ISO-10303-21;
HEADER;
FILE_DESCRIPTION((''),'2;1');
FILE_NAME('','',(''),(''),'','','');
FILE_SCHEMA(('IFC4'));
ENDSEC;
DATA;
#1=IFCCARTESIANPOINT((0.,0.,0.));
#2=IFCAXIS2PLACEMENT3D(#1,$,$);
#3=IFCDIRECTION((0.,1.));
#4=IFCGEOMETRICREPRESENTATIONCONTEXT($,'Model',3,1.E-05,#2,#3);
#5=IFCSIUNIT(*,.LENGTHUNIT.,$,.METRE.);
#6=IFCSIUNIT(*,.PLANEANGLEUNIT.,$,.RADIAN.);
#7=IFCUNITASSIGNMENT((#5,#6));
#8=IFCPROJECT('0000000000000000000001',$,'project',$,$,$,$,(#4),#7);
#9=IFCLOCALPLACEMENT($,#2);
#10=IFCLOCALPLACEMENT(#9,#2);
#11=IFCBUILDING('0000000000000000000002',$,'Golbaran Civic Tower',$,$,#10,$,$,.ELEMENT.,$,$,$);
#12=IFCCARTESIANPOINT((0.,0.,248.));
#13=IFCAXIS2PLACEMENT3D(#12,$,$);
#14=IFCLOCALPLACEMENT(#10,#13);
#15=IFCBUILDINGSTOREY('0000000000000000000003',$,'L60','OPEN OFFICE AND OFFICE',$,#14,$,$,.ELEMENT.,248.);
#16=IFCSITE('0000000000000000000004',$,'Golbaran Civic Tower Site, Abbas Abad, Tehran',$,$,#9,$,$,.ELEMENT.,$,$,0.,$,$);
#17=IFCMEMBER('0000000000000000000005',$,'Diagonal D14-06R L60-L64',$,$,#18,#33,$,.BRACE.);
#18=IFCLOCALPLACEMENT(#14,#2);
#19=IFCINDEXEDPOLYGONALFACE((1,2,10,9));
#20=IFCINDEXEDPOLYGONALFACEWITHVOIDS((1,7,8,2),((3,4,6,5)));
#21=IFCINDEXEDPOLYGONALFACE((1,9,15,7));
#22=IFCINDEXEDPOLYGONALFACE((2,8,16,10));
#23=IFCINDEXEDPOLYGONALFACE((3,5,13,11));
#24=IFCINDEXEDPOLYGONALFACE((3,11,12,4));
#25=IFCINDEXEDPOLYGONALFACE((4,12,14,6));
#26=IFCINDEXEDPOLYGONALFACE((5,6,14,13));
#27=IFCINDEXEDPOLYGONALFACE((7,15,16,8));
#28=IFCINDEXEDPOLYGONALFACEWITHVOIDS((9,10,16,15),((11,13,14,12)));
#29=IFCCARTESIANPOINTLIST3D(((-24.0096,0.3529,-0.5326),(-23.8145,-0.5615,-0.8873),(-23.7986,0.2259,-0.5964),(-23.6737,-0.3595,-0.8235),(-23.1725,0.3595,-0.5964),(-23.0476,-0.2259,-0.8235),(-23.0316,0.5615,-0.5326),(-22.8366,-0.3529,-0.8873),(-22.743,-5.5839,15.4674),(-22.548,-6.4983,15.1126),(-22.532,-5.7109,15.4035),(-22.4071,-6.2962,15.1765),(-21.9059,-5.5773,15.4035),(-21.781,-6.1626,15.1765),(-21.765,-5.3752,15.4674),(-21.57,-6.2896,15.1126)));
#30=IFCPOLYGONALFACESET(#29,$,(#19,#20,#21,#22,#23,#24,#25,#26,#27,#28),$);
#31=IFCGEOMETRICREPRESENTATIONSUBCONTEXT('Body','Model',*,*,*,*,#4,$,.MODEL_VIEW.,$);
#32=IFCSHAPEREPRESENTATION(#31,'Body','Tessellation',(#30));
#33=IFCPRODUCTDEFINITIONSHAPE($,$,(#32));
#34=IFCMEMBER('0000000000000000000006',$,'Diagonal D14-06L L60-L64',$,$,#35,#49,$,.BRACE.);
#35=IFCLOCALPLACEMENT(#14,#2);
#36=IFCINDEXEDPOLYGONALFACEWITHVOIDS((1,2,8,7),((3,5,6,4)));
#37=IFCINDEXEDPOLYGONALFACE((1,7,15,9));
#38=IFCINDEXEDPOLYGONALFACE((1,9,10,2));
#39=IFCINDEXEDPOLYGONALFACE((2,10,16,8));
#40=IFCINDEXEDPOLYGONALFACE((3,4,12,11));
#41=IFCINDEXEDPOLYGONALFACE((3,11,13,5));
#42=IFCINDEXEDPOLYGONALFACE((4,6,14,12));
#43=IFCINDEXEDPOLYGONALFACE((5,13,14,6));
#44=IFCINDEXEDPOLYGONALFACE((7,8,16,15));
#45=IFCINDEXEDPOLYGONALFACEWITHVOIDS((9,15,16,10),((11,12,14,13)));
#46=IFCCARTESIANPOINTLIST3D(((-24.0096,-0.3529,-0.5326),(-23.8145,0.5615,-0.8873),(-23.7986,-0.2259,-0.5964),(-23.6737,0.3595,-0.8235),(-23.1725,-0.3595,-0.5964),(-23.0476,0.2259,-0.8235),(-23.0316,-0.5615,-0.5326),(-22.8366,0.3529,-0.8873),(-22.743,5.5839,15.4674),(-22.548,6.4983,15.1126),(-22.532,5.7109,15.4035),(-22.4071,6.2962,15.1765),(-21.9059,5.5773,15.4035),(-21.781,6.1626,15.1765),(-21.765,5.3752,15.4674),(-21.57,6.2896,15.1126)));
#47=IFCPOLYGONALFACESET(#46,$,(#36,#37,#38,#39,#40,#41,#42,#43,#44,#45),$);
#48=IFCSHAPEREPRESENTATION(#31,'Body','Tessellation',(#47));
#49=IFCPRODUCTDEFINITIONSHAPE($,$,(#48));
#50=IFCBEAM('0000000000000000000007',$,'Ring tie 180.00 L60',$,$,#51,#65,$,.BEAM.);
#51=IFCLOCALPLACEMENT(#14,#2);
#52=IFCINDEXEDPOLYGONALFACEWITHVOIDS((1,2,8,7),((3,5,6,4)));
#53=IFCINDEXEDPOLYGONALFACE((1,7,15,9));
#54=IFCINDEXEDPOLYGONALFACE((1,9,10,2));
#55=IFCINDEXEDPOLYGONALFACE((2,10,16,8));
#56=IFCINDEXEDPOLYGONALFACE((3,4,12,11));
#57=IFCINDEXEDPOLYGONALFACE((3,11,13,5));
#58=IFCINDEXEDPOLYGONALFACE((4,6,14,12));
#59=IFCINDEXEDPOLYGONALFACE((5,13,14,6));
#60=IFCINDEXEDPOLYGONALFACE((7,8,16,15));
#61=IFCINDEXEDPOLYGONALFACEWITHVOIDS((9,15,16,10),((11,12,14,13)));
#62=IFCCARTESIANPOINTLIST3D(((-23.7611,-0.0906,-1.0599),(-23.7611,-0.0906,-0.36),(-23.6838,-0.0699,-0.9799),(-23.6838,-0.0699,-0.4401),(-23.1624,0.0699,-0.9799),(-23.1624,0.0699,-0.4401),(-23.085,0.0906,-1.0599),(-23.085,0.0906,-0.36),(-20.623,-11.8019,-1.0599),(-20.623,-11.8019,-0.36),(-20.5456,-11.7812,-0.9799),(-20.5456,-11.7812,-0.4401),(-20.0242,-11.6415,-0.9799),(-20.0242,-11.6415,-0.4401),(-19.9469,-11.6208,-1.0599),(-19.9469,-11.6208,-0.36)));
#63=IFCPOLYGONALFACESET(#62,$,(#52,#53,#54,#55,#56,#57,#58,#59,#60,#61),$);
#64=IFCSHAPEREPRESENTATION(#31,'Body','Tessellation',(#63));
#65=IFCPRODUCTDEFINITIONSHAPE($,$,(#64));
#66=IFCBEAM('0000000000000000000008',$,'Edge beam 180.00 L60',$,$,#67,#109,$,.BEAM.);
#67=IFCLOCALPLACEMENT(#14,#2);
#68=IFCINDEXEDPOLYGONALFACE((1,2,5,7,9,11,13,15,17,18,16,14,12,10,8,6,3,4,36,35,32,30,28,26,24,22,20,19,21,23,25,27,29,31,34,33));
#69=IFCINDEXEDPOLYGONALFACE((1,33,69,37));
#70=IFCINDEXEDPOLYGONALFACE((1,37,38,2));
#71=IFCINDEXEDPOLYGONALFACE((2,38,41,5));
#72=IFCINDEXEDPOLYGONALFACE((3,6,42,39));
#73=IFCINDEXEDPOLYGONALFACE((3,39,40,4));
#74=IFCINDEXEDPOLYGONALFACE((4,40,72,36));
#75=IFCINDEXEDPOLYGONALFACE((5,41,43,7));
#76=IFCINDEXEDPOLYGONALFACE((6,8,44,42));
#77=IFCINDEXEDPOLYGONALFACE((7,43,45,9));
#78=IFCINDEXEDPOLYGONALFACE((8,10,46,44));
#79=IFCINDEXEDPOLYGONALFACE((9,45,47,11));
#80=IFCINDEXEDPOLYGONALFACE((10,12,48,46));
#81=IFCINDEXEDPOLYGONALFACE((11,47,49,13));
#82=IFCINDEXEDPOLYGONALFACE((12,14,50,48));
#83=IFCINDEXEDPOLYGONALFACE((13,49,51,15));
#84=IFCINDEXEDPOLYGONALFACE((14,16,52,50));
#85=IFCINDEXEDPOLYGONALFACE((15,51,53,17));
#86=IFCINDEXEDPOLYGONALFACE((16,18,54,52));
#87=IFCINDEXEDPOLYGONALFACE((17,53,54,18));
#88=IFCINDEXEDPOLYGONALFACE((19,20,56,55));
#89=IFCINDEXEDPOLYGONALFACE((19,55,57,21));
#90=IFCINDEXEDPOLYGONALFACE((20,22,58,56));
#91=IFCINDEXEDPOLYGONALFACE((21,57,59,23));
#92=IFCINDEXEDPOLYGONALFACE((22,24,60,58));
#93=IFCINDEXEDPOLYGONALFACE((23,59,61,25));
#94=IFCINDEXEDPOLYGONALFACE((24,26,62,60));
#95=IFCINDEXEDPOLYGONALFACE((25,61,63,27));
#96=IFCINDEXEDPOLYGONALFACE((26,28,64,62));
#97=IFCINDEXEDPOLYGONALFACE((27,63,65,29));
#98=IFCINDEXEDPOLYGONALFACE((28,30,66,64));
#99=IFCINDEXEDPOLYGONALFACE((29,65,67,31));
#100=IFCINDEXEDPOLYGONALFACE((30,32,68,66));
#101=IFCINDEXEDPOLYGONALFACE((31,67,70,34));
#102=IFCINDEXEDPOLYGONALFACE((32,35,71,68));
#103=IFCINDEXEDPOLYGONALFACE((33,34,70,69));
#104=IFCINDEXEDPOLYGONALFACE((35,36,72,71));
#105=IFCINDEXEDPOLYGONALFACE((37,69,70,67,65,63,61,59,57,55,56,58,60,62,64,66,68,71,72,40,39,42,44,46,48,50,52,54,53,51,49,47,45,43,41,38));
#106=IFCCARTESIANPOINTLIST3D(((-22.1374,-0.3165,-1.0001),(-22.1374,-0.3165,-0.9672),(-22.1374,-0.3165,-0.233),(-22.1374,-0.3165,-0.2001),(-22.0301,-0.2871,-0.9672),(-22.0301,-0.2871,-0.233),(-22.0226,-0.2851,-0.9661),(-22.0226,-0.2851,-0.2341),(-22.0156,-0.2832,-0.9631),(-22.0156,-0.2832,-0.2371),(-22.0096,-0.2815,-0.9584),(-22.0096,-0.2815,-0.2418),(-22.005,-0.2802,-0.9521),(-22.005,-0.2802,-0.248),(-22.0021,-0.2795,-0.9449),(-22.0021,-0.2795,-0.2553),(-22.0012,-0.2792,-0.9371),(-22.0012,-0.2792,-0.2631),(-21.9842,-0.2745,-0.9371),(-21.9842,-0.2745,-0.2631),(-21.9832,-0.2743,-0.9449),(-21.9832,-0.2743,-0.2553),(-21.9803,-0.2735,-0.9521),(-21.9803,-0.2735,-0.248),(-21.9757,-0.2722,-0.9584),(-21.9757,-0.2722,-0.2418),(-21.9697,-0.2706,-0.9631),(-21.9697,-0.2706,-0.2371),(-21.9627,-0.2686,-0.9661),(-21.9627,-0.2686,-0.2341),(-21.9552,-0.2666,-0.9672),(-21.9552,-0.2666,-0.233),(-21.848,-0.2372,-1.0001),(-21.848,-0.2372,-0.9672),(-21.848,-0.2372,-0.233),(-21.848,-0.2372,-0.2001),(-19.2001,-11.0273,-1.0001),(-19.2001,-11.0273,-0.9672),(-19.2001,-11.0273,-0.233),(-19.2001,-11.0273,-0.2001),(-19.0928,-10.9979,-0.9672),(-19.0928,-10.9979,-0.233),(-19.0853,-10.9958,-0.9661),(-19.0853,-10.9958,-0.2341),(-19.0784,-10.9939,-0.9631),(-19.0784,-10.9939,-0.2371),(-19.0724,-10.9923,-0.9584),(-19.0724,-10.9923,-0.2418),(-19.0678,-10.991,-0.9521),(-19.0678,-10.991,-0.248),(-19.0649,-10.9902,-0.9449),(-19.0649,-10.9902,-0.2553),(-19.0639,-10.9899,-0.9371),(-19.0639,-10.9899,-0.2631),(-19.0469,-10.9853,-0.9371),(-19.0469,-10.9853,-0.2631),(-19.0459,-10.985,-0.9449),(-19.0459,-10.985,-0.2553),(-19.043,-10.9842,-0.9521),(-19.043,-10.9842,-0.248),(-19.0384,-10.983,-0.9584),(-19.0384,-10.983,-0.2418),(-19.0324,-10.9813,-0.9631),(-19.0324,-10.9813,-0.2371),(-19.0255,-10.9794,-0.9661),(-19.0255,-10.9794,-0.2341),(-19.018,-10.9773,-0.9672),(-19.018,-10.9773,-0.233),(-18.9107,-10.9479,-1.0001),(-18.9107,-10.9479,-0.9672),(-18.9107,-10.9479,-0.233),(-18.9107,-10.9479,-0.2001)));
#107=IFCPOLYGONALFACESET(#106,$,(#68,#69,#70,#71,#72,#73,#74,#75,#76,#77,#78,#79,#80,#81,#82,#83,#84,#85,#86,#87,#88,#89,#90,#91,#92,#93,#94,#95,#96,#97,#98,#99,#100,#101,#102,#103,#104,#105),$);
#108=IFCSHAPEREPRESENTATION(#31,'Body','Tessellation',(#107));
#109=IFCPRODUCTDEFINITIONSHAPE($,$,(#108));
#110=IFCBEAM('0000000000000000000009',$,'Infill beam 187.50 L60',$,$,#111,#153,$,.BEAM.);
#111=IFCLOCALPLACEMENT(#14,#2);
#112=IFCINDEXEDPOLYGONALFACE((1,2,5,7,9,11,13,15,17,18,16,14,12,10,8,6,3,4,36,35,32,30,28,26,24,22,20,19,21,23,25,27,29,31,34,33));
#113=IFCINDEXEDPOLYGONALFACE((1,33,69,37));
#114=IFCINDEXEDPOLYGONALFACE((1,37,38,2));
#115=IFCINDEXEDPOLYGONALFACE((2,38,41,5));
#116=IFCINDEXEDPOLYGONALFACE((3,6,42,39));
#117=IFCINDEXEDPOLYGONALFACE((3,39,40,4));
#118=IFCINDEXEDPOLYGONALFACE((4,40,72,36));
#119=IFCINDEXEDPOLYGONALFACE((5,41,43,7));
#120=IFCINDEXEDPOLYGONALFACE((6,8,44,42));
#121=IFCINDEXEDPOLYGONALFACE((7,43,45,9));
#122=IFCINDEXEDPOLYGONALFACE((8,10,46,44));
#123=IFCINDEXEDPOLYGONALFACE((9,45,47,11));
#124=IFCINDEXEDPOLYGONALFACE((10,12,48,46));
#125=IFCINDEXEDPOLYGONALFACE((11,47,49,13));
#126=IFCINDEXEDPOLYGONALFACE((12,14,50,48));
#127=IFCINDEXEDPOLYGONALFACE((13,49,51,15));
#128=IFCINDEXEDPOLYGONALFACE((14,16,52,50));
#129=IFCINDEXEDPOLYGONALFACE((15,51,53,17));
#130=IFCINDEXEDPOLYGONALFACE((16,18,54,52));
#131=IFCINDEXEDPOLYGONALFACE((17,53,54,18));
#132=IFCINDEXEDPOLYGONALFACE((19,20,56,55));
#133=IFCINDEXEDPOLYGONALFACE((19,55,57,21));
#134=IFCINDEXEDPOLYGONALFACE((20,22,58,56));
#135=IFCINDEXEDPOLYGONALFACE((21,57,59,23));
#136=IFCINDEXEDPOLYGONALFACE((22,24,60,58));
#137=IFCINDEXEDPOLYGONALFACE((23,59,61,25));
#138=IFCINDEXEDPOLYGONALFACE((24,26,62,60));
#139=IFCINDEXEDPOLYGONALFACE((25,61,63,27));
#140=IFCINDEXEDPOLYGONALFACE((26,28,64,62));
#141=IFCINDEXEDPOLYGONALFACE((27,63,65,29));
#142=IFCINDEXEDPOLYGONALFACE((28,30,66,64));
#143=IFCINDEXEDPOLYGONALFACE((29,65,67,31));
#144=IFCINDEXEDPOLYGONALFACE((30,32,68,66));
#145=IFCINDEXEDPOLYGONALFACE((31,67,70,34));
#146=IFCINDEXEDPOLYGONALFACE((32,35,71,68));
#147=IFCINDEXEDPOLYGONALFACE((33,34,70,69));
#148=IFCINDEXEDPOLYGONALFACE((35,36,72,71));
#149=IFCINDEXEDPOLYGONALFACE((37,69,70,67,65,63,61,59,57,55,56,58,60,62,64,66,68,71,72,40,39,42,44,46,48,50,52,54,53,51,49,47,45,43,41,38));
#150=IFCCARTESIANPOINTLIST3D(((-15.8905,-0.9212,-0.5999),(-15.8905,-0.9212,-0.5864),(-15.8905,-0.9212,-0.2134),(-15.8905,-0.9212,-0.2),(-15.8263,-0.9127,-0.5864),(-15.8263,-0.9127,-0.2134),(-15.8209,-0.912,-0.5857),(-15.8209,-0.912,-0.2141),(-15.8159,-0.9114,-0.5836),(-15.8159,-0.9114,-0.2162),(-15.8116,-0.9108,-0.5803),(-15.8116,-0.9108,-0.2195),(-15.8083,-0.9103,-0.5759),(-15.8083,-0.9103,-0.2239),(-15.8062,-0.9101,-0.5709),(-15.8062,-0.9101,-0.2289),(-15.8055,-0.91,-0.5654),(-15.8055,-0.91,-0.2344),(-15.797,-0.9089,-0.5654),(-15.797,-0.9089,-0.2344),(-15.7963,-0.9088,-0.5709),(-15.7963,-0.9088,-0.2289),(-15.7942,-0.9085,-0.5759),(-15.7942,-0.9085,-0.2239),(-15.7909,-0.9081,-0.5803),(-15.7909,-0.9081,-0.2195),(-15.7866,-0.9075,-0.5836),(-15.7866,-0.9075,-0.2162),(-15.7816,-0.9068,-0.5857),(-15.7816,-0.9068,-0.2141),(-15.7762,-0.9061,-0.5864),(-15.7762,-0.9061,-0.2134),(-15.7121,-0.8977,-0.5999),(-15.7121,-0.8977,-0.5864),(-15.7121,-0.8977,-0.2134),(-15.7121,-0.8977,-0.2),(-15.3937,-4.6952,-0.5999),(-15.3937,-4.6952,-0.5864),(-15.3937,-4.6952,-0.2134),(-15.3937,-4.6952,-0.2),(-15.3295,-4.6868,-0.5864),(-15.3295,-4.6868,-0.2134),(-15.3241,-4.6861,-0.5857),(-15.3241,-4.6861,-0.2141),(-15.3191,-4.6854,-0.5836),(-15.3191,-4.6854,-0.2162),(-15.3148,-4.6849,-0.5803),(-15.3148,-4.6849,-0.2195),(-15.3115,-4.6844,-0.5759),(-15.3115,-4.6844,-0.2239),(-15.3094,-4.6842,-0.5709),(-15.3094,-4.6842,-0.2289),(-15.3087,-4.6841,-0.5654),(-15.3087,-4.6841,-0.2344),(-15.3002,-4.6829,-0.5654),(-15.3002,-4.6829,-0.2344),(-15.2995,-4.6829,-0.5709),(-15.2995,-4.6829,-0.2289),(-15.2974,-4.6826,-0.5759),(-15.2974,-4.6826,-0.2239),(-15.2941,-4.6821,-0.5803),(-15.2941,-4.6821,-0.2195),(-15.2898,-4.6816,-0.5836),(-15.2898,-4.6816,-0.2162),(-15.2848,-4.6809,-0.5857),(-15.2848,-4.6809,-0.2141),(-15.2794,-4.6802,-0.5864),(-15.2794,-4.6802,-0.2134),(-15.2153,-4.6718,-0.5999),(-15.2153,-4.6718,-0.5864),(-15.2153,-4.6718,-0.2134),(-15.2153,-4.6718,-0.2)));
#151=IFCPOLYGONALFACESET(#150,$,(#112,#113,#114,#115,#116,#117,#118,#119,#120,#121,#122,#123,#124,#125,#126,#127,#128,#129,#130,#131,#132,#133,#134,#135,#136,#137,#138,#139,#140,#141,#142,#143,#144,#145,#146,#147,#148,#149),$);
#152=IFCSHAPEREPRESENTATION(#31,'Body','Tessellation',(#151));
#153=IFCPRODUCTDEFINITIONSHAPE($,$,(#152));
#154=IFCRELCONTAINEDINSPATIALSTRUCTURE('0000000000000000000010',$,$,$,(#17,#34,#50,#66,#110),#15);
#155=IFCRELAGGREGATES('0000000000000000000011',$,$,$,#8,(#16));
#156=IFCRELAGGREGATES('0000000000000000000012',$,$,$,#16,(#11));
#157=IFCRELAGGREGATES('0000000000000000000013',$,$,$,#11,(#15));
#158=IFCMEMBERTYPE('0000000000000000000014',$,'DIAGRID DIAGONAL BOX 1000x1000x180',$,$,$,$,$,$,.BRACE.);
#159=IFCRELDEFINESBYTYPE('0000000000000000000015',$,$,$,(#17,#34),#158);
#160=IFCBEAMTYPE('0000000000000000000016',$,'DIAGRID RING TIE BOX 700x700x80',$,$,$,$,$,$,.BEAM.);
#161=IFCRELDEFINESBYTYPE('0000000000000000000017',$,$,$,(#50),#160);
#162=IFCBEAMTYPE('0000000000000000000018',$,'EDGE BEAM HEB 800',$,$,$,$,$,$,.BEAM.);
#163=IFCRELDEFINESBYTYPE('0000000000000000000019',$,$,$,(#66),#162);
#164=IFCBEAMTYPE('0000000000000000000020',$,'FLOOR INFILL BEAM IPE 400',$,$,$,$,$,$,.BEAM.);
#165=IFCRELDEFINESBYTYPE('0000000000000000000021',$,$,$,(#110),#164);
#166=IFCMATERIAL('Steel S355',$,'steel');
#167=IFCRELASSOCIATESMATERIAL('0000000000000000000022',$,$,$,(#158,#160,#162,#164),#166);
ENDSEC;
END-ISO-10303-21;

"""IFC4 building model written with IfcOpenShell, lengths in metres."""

from ifc_helpers import new_model, si_unit, direction, frame, origin, origin_2d, place, context, subcontext, project, spatial, hollow_rectangle, i_section, extrude, material, material_profile, profile_set, type_object, element, save


model = new_model("IFC4")

# Units and contexts
model_context = context("Model", 3, precision=1e-05, world=origin(), true_north=direction((0.0, 1.0)))
body_context = subcontext(model_context, "Body", "Model", "MODEL_VIEW")
ifc_project = project(units=[si_unit("LENGTHUNIT", "METRE"), si_unit("PLANEANGLEUNIT", "RADIAN")], contexts=[model_context])

# Site, building, storey
site_placement = place(None, origin())
site = spatial("IfcSite", under=ifc_project, at=site_placement, Name="Golbaran Civic Tower Site, Abbas Abad, Tehran", CompositionType="ELEMENT", RefElevation=0.0)
building_placement = place(site_placement, origin())
building = spatial("IfcBuilding", under=site, at=building_placement, Name="Golbaran Civic Tower", CompositionType="ELEMENT")
storey_placement = place(building_placement, frame((0.0, 0.0, 248.0)))
storey = spatial("IfcBuildingStorey", under=building, at=storey_placement, Name="L60", Description="OPEN OFFICE AND OFFICE", CompositionType="ELEMENT", Elevation=248.0)

# Members
ifc_material_1 = material(Name="Steel S355", Category="steel")
ifc_material_profile_1 = material_profile(ifc_material_1, hollow_rectangle(XDim=1.0, YDim=1.0, WallThickness=0.1799, at=origin_2d()), Name="BOX 1000x1000x180")
ifc_profile_set_1 = profile_set([ifc_material_profile_1], Name="Steel S355")
member_type_1 = type_object("IfcMemberType", Name="DIAGRID DIAGONAL BOX 1000x1000x180", PredefinedType="BRACE", material=ifc_profile_set_1)
for number, where, z_axis, x_axis, name in (
    (1, (-23.4231, 0.0, -0.71), (0.074015, -0.346919, 0.93497), (0.97799, 0.208653, 0.0), "Diagonal D14-06R L60-L64"),
    (2, (-23.4231, 0.0, -0.71), (0.074015, 0.346919, 0.93497), (-0.97799, 0.208653, 0.0), "Diagonal D14-06L L60-L64"),
):
    element("IfcMember", number, at=place(storey_placement, frame(where, z_axis=z_axis, x_axis=x_axis)), inside=storey, type_object=member_type_1, Name=name, PredefinedType="BRACE", context=body_context, shape_type="SweptSolid", body=[
        extrude(hollow_rectangle(XDim=1.0, YDim=1.0, WallThickness=0.1799, at=origin_2d()), origin(), (0.0, 0.0, 1.0), 17.1128),
    ])

# Beams
ifc_material_profile_2 = material_profile(ifc_material_1, hollow_rectangle(XDim=0.7, YDim=0.7, WallThickness=0.0801, at=origin_2d()), Name="BOX 700x700x80")
ifc_profile_set_2 = profile_set([ifc_material_profile_2], Name="Steel S355")
beam_type_1 = type_object("IfcBeamType", Name="DIAGRID RING TIE BOX 700x700x80", PredefinedType="BEAM", material=ifc_profile_set_2)
beam_1_placement = place(storey_placement, frame((-23.4231, 0.0, -0.71), z_axis=(0.258828, -0.965923, 0.0), x_axis=(0.965923, 0.258828, 0.0)))
element("IfcBeam", 3, at=beam_1_placement, inside=storey, type_object=beam_type_1, Name="Ring tie 180.00 L60", PredefinedType="BEAM", context=body_context, shape_type="SweptSolid", body=[
    extrude(hollow_rectangle(XDim=0.7, YDim=0.7, WallThickness=0.0801, at=origin_2d()), origin(), (0.0, 0.0, 1.0), 12.1245),
])
ifc_material_profile_3 = material_profile(ifc_material_1, i_section(OverallWidth=0.3, OverallDepth=0.8, WebThickness=0.0176, FlangeThickness=0.033, FilletRadius=0.03, at=origin_2d()), Name="HEB 800")
ifc_profile_set_3 = profile_set([ifc_material_profile_3], Name="Steel S355")
beam_type_2 = type_object("IfcBeamType", Name="EDGE BEAM HEB 800", PredefinedType="BEAM", material=ifc_profile_set_3)
beam_2_placement = place(storey_placement, frame((-21.9927, -0.2769, -0.6001), z_axis=(0.264471, -0.964394, 0.0), x_axis=(0.964394, 0.264471, 0.0)))
element("IfcBeam", 4, at=beam_2_placement, inside=storey, type_object=beam_type_2, Name="Edge beam 180.00 L60", PredefinedType="BEAM", context=body_context, shape_type="SweptSolid", body=[
    extrude(i_section(OverallWidth=0.3, OverallDepth=0.8, WebThickness=0.0176, FlangeThickness=0.033, FilletRadius=0.03, at=origin_2d()), origin(), (0.0, 0.0, 1.0), 11.1062),
])
ifc_material_profile_4 = material_profile(ifc_material_1, i_section(OverallWidth=0.1799, OverallDepth=0.3999, WebThickness=0.0085, FlangeThickness=0.0134, FilletRadius=0.021, at=origin_2d()), Name="IPE 400")
ifc_profile_set_4 = profile_set([ifc_material_profile_4], Name="Steel S355")
beam_type_3 = type_object("IfcBeamType", Name="FLOOR INFILL BEAM IPE 400", PredefinedType="BEAM", material=ifc_profile_set_4)
beam_3_placement = place(storey_placement, frame((-15.8013, -0.9094, -0.3999), z_axis=(0.130513, -0.991447, 0.0), x_axis=(0.991447, 0.130513, 0.0)))
element("IfcBeam", 5, at=beam_3_placement, inside=storey, type_object=beam_type_3, Name="Infill beam 187.50 L60", PredefinedType="BEAM", context=body_context, shape_type="SweptSolid", body=[
    extrude(i_section(OverallWidth=0.1799, OverallDepth=0.3999, WebThickness=0.0085, FlangeThickness=0.0134, FilletRadius=0.021, at=origin_2d()), origin(), (0.0, 0.0, 1.0), 3.8066),
])

save(model, "model.ifc")
